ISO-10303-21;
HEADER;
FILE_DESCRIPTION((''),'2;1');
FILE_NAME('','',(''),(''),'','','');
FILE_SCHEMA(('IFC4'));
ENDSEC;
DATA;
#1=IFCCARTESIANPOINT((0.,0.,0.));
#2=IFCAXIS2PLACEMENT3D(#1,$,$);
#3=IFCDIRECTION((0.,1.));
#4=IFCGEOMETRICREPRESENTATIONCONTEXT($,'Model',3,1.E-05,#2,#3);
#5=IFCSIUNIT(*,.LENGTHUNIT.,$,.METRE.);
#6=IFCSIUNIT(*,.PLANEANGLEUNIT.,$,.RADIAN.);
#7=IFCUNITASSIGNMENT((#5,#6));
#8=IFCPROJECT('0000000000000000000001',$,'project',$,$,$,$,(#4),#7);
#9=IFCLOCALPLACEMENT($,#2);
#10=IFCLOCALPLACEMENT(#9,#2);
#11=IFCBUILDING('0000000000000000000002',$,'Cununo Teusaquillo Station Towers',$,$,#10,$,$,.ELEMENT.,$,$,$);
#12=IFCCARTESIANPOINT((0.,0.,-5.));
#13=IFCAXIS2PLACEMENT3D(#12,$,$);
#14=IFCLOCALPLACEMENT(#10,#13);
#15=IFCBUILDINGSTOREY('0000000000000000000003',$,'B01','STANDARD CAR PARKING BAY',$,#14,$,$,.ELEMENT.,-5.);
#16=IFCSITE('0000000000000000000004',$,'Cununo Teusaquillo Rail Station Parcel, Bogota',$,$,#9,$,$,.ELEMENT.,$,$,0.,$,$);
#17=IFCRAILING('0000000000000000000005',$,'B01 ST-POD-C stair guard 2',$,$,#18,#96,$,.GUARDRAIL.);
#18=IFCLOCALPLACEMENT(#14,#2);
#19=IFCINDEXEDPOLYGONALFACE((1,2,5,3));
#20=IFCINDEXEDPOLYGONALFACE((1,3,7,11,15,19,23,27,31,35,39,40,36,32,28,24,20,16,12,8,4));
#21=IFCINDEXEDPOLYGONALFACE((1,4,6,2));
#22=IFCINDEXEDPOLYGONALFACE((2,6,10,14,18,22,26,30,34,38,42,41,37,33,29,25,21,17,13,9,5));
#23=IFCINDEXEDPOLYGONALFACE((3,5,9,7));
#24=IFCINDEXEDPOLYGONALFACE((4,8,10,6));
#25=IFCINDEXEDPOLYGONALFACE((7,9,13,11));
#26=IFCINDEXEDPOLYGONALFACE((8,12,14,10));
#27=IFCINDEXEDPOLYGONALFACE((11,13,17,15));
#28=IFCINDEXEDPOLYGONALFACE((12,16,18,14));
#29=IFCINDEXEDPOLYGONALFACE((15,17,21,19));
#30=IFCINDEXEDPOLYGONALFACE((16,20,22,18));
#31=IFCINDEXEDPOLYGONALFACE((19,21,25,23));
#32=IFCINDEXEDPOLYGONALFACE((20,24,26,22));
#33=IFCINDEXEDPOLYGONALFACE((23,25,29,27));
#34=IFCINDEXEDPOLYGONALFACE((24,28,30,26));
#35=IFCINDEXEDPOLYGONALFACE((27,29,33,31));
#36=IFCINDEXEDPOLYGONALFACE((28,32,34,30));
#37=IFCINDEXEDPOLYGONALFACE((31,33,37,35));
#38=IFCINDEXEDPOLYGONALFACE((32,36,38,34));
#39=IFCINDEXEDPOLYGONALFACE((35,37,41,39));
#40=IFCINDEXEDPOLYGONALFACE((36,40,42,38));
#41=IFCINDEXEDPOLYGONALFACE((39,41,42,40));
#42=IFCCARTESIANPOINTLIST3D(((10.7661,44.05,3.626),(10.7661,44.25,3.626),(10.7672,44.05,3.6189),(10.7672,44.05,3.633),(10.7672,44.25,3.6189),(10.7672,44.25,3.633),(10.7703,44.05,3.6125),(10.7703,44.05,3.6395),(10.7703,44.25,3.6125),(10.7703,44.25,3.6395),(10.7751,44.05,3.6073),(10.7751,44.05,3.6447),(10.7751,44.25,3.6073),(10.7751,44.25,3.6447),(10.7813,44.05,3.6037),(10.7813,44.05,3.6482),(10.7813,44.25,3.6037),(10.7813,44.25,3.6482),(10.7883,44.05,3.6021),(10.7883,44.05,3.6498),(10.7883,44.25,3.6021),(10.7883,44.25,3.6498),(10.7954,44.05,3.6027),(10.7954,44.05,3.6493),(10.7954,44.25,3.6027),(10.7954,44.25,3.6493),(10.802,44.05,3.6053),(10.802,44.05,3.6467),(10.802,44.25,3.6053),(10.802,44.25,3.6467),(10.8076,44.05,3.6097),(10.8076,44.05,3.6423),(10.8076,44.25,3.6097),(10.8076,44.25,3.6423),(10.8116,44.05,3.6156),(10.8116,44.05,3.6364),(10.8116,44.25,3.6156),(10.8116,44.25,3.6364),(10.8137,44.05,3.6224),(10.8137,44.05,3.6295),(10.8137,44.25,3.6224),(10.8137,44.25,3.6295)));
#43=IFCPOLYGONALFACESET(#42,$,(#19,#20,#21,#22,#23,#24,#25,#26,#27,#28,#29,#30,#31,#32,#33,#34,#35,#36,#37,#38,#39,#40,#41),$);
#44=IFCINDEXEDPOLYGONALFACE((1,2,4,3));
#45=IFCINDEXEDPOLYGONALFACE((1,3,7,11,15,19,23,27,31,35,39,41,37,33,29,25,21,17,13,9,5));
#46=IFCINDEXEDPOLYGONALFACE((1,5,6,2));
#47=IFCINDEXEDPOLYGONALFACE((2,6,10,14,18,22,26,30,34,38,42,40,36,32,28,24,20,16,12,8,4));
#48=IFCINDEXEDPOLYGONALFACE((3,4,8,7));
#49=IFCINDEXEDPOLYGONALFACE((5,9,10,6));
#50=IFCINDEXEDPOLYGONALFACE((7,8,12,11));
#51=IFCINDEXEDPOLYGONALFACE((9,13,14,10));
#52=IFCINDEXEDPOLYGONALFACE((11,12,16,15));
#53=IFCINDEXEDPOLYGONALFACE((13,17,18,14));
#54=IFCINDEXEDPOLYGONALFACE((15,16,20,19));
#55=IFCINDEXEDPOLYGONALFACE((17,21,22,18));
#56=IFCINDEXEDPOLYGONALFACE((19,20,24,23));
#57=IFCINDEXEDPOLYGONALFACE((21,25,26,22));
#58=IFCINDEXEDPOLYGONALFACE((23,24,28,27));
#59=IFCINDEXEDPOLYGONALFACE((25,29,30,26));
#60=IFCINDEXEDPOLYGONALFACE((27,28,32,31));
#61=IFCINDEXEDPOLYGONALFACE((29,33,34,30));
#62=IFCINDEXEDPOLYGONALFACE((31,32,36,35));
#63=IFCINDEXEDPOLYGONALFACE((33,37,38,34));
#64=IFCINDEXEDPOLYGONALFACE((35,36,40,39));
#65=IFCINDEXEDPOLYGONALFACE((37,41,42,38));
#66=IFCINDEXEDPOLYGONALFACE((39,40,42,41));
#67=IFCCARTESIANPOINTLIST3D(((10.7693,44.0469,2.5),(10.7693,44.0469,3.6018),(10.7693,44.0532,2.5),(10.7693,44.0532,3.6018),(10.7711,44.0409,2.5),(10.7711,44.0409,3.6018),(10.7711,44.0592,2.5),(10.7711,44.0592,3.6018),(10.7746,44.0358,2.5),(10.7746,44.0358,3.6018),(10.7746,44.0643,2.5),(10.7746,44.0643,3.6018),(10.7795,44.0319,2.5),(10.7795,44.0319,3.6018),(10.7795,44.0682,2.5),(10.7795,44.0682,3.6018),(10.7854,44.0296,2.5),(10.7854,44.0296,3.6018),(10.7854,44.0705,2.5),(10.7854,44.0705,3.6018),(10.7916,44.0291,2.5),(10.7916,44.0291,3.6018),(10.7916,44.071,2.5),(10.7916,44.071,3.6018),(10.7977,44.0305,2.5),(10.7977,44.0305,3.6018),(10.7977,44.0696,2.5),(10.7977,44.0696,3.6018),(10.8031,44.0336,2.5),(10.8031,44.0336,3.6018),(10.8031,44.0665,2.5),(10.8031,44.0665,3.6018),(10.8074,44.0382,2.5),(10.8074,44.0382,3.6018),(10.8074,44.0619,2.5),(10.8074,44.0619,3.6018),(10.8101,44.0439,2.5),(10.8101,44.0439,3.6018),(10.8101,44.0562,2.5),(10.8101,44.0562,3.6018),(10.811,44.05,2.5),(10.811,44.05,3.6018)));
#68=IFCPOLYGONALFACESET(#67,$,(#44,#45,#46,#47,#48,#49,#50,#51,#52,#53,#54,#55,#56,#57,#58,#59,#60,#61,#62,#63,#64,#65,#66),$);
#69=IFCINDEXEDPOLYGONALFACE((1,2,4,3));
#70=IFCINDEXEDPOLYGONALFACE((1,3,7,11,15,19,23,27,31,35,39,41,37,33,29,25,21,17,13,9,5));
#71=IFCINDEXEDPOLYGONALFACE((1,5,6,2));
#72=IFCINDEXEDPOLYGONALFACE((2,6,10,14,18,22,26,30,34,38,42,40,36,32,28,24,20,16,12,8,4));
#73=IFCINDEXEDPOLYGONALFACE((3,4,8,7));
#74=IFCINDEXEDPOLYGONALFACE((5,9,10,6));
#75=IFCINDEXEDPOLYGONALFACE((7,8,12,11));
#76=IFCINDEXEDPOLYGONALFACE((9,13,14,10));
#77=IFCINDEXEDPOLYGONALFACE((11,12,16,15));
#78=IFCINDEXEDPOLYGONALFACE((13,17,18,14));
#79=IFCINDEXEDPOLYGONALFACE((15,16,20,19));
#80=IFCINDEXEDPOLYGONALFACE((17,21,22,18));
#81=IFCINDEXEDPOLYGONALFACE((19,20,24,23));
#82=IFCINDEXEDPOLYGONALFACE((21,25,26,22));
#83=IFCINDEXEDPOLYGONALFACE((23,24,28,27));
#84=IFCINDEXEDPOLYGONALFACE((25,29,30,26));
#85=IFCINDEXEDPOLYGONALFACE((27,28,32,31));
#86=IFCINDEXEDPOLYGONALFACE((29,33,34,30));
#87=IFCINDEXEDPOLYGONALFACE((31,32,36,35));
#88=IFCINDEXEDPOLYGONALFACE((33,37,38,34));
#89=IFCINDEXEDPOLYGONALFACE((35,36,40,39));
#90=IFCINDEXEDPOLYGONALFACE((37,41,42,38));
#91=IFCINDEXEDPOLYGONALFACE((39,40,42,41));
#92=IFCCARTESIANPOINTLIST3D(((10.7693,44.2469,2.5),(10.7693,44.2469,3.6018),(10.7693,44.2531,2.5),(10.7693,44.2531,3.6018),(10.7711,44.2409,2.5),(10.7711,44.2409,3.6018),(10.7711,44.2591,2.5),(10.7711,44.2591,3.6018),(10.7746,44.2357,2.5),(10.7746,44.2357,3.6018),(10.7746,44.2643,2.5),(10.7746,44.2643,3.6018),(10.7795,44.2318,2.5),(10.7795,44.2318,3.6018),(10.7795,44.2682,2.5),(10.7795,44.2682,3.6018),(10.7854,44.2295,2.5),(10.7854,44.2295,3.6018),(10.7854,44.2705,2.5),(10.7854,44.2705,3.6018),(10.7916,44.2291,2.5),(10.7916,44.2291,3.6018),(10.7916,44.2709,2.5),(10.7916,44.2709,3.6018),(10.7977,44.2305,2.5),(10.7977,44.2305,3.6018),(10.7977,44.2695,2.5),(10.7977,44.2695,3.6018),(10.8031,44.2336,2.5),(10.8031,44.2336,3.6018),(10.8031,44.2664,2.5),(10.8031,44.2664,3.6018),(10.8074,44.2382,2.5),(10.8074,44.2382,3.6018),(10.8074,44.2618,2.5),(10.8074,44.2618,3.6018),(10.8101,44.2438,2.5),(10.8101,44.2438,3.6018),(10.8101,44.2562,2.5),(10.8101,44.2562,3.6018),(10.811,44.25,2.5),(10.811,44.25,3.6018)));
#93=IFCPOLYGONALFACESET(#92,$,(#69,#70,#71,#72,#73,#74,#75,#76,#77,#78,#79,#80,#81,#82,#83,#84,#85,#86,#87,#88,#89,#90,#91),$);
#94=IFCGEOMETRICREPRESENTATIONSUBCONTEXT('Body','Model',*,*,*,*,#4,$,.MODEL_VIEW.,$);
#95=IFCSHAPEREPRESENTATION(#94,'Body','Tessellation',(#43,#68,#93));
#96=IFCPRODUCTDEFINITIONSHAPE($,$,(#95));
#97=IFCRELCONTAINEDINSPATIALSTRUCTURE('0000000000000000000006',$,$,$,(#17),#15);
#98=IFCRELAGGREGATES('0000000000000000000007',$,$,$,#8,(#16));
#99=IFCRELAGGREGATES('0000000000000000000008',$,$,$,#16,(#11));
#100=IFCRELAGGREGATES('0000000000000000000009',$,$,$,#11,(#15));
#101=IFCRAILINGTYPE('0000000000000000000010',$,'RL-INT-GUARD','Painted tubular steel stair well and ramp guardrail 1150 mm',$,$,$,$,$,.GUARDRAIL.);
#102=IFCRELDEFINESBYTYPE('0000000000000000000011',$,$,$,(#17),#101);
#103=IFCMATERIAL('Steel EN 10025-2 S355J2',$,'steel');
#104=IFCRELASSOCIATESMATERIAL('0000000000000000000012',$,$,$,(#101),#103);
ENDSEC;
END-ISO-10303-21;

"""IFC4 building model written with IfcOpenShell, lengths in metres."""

from ifc_helpers import new_model, si_unit, direction, frame, origin, origin_2d, place, context, subcontext, project, spatial, circle, extrude, material, type_object, element, save


model = new_model("IFC4")

# Units and contexts
model_context = context("Model", 3, precision=1e-05, world=origin(), true_north=direction((0.0, 1.0)))
body_context = subcontext(model_context, "Body", "Model", "MODEL_VIEW")
ifc_project = project(units=[si_unit("LENGTHUNIT", "METRE"), si_unit("PLANEANGLEUNIT", "RADIAN")], contexts=[model_context])

# Site, building, storey
site_placement = place(None, origin())
site = spatial("IfcSite", under=ifc_project, at=site_placement, Name="Cununo Teusaquillo Rail Station Parcel, Bogota", CompositionType="ELEMENT", RefElevation=0.0)
building_placement = place(site_placement, origin())
building = spatial("IfcBuilding", under=site, at=building_placement, Name="Cununo Teusaquillo Station Towers", CompositionType="ELEMENT")
storey_placement = place(building_placement, frame((0.0, 0.0, -5.0)))
storey = spatial("IfcBuildingStorey", under=building, at=storey_placement, Name="B01", Description="STANDARD CAR PARKING BAY", CompositionType="ELEMENT", Elevation=-5.0)

# Railing
ifc_material_1 = material(Name="Steel EN 10025-2 S355J2", Category="steel")
railing_type_1 = type_object("IfcRailingType", Name="RL-INT-GUARD", Description="Painted tubular steel stair well and ramp guardrail 1150 mm", PredefinedType="GUARDRAIL", material=ifc_material_1)
railing_1_placement = place(storey_placement, frame((10.79, 44.05, 2.5)))
element("IfcRailing", 1, at=railing_1_placement, inside=storey, type_object=railing_type_1, Name="B01 ST-POD-C stair guard 2", PredefinedType="GUARDRAIL", context=body_context, shape_type="SweptSolid", body=[
    extrude(circle(Radius=0.0239, at=origin_2d()), frame((0.0, 0.0, 1.126), z_axis=(0.0, 1.0, 0.0), x_axis=(-1.0, 0.0, 0.0)), (0.0, 0.0, 1.0), 0.2),
    extrude(circle(Radius=0.021, at=origin_2d()), origin(), (0.0, 0.0, 1.0), 1.1018),
    extrude(circle(Radius=0.021, at=origin_2d()), frame((0.0, 0.2, 0.0)), (0.0, 0.0, 1.0), 1.1018),
])

save(model, "model.ifc")
